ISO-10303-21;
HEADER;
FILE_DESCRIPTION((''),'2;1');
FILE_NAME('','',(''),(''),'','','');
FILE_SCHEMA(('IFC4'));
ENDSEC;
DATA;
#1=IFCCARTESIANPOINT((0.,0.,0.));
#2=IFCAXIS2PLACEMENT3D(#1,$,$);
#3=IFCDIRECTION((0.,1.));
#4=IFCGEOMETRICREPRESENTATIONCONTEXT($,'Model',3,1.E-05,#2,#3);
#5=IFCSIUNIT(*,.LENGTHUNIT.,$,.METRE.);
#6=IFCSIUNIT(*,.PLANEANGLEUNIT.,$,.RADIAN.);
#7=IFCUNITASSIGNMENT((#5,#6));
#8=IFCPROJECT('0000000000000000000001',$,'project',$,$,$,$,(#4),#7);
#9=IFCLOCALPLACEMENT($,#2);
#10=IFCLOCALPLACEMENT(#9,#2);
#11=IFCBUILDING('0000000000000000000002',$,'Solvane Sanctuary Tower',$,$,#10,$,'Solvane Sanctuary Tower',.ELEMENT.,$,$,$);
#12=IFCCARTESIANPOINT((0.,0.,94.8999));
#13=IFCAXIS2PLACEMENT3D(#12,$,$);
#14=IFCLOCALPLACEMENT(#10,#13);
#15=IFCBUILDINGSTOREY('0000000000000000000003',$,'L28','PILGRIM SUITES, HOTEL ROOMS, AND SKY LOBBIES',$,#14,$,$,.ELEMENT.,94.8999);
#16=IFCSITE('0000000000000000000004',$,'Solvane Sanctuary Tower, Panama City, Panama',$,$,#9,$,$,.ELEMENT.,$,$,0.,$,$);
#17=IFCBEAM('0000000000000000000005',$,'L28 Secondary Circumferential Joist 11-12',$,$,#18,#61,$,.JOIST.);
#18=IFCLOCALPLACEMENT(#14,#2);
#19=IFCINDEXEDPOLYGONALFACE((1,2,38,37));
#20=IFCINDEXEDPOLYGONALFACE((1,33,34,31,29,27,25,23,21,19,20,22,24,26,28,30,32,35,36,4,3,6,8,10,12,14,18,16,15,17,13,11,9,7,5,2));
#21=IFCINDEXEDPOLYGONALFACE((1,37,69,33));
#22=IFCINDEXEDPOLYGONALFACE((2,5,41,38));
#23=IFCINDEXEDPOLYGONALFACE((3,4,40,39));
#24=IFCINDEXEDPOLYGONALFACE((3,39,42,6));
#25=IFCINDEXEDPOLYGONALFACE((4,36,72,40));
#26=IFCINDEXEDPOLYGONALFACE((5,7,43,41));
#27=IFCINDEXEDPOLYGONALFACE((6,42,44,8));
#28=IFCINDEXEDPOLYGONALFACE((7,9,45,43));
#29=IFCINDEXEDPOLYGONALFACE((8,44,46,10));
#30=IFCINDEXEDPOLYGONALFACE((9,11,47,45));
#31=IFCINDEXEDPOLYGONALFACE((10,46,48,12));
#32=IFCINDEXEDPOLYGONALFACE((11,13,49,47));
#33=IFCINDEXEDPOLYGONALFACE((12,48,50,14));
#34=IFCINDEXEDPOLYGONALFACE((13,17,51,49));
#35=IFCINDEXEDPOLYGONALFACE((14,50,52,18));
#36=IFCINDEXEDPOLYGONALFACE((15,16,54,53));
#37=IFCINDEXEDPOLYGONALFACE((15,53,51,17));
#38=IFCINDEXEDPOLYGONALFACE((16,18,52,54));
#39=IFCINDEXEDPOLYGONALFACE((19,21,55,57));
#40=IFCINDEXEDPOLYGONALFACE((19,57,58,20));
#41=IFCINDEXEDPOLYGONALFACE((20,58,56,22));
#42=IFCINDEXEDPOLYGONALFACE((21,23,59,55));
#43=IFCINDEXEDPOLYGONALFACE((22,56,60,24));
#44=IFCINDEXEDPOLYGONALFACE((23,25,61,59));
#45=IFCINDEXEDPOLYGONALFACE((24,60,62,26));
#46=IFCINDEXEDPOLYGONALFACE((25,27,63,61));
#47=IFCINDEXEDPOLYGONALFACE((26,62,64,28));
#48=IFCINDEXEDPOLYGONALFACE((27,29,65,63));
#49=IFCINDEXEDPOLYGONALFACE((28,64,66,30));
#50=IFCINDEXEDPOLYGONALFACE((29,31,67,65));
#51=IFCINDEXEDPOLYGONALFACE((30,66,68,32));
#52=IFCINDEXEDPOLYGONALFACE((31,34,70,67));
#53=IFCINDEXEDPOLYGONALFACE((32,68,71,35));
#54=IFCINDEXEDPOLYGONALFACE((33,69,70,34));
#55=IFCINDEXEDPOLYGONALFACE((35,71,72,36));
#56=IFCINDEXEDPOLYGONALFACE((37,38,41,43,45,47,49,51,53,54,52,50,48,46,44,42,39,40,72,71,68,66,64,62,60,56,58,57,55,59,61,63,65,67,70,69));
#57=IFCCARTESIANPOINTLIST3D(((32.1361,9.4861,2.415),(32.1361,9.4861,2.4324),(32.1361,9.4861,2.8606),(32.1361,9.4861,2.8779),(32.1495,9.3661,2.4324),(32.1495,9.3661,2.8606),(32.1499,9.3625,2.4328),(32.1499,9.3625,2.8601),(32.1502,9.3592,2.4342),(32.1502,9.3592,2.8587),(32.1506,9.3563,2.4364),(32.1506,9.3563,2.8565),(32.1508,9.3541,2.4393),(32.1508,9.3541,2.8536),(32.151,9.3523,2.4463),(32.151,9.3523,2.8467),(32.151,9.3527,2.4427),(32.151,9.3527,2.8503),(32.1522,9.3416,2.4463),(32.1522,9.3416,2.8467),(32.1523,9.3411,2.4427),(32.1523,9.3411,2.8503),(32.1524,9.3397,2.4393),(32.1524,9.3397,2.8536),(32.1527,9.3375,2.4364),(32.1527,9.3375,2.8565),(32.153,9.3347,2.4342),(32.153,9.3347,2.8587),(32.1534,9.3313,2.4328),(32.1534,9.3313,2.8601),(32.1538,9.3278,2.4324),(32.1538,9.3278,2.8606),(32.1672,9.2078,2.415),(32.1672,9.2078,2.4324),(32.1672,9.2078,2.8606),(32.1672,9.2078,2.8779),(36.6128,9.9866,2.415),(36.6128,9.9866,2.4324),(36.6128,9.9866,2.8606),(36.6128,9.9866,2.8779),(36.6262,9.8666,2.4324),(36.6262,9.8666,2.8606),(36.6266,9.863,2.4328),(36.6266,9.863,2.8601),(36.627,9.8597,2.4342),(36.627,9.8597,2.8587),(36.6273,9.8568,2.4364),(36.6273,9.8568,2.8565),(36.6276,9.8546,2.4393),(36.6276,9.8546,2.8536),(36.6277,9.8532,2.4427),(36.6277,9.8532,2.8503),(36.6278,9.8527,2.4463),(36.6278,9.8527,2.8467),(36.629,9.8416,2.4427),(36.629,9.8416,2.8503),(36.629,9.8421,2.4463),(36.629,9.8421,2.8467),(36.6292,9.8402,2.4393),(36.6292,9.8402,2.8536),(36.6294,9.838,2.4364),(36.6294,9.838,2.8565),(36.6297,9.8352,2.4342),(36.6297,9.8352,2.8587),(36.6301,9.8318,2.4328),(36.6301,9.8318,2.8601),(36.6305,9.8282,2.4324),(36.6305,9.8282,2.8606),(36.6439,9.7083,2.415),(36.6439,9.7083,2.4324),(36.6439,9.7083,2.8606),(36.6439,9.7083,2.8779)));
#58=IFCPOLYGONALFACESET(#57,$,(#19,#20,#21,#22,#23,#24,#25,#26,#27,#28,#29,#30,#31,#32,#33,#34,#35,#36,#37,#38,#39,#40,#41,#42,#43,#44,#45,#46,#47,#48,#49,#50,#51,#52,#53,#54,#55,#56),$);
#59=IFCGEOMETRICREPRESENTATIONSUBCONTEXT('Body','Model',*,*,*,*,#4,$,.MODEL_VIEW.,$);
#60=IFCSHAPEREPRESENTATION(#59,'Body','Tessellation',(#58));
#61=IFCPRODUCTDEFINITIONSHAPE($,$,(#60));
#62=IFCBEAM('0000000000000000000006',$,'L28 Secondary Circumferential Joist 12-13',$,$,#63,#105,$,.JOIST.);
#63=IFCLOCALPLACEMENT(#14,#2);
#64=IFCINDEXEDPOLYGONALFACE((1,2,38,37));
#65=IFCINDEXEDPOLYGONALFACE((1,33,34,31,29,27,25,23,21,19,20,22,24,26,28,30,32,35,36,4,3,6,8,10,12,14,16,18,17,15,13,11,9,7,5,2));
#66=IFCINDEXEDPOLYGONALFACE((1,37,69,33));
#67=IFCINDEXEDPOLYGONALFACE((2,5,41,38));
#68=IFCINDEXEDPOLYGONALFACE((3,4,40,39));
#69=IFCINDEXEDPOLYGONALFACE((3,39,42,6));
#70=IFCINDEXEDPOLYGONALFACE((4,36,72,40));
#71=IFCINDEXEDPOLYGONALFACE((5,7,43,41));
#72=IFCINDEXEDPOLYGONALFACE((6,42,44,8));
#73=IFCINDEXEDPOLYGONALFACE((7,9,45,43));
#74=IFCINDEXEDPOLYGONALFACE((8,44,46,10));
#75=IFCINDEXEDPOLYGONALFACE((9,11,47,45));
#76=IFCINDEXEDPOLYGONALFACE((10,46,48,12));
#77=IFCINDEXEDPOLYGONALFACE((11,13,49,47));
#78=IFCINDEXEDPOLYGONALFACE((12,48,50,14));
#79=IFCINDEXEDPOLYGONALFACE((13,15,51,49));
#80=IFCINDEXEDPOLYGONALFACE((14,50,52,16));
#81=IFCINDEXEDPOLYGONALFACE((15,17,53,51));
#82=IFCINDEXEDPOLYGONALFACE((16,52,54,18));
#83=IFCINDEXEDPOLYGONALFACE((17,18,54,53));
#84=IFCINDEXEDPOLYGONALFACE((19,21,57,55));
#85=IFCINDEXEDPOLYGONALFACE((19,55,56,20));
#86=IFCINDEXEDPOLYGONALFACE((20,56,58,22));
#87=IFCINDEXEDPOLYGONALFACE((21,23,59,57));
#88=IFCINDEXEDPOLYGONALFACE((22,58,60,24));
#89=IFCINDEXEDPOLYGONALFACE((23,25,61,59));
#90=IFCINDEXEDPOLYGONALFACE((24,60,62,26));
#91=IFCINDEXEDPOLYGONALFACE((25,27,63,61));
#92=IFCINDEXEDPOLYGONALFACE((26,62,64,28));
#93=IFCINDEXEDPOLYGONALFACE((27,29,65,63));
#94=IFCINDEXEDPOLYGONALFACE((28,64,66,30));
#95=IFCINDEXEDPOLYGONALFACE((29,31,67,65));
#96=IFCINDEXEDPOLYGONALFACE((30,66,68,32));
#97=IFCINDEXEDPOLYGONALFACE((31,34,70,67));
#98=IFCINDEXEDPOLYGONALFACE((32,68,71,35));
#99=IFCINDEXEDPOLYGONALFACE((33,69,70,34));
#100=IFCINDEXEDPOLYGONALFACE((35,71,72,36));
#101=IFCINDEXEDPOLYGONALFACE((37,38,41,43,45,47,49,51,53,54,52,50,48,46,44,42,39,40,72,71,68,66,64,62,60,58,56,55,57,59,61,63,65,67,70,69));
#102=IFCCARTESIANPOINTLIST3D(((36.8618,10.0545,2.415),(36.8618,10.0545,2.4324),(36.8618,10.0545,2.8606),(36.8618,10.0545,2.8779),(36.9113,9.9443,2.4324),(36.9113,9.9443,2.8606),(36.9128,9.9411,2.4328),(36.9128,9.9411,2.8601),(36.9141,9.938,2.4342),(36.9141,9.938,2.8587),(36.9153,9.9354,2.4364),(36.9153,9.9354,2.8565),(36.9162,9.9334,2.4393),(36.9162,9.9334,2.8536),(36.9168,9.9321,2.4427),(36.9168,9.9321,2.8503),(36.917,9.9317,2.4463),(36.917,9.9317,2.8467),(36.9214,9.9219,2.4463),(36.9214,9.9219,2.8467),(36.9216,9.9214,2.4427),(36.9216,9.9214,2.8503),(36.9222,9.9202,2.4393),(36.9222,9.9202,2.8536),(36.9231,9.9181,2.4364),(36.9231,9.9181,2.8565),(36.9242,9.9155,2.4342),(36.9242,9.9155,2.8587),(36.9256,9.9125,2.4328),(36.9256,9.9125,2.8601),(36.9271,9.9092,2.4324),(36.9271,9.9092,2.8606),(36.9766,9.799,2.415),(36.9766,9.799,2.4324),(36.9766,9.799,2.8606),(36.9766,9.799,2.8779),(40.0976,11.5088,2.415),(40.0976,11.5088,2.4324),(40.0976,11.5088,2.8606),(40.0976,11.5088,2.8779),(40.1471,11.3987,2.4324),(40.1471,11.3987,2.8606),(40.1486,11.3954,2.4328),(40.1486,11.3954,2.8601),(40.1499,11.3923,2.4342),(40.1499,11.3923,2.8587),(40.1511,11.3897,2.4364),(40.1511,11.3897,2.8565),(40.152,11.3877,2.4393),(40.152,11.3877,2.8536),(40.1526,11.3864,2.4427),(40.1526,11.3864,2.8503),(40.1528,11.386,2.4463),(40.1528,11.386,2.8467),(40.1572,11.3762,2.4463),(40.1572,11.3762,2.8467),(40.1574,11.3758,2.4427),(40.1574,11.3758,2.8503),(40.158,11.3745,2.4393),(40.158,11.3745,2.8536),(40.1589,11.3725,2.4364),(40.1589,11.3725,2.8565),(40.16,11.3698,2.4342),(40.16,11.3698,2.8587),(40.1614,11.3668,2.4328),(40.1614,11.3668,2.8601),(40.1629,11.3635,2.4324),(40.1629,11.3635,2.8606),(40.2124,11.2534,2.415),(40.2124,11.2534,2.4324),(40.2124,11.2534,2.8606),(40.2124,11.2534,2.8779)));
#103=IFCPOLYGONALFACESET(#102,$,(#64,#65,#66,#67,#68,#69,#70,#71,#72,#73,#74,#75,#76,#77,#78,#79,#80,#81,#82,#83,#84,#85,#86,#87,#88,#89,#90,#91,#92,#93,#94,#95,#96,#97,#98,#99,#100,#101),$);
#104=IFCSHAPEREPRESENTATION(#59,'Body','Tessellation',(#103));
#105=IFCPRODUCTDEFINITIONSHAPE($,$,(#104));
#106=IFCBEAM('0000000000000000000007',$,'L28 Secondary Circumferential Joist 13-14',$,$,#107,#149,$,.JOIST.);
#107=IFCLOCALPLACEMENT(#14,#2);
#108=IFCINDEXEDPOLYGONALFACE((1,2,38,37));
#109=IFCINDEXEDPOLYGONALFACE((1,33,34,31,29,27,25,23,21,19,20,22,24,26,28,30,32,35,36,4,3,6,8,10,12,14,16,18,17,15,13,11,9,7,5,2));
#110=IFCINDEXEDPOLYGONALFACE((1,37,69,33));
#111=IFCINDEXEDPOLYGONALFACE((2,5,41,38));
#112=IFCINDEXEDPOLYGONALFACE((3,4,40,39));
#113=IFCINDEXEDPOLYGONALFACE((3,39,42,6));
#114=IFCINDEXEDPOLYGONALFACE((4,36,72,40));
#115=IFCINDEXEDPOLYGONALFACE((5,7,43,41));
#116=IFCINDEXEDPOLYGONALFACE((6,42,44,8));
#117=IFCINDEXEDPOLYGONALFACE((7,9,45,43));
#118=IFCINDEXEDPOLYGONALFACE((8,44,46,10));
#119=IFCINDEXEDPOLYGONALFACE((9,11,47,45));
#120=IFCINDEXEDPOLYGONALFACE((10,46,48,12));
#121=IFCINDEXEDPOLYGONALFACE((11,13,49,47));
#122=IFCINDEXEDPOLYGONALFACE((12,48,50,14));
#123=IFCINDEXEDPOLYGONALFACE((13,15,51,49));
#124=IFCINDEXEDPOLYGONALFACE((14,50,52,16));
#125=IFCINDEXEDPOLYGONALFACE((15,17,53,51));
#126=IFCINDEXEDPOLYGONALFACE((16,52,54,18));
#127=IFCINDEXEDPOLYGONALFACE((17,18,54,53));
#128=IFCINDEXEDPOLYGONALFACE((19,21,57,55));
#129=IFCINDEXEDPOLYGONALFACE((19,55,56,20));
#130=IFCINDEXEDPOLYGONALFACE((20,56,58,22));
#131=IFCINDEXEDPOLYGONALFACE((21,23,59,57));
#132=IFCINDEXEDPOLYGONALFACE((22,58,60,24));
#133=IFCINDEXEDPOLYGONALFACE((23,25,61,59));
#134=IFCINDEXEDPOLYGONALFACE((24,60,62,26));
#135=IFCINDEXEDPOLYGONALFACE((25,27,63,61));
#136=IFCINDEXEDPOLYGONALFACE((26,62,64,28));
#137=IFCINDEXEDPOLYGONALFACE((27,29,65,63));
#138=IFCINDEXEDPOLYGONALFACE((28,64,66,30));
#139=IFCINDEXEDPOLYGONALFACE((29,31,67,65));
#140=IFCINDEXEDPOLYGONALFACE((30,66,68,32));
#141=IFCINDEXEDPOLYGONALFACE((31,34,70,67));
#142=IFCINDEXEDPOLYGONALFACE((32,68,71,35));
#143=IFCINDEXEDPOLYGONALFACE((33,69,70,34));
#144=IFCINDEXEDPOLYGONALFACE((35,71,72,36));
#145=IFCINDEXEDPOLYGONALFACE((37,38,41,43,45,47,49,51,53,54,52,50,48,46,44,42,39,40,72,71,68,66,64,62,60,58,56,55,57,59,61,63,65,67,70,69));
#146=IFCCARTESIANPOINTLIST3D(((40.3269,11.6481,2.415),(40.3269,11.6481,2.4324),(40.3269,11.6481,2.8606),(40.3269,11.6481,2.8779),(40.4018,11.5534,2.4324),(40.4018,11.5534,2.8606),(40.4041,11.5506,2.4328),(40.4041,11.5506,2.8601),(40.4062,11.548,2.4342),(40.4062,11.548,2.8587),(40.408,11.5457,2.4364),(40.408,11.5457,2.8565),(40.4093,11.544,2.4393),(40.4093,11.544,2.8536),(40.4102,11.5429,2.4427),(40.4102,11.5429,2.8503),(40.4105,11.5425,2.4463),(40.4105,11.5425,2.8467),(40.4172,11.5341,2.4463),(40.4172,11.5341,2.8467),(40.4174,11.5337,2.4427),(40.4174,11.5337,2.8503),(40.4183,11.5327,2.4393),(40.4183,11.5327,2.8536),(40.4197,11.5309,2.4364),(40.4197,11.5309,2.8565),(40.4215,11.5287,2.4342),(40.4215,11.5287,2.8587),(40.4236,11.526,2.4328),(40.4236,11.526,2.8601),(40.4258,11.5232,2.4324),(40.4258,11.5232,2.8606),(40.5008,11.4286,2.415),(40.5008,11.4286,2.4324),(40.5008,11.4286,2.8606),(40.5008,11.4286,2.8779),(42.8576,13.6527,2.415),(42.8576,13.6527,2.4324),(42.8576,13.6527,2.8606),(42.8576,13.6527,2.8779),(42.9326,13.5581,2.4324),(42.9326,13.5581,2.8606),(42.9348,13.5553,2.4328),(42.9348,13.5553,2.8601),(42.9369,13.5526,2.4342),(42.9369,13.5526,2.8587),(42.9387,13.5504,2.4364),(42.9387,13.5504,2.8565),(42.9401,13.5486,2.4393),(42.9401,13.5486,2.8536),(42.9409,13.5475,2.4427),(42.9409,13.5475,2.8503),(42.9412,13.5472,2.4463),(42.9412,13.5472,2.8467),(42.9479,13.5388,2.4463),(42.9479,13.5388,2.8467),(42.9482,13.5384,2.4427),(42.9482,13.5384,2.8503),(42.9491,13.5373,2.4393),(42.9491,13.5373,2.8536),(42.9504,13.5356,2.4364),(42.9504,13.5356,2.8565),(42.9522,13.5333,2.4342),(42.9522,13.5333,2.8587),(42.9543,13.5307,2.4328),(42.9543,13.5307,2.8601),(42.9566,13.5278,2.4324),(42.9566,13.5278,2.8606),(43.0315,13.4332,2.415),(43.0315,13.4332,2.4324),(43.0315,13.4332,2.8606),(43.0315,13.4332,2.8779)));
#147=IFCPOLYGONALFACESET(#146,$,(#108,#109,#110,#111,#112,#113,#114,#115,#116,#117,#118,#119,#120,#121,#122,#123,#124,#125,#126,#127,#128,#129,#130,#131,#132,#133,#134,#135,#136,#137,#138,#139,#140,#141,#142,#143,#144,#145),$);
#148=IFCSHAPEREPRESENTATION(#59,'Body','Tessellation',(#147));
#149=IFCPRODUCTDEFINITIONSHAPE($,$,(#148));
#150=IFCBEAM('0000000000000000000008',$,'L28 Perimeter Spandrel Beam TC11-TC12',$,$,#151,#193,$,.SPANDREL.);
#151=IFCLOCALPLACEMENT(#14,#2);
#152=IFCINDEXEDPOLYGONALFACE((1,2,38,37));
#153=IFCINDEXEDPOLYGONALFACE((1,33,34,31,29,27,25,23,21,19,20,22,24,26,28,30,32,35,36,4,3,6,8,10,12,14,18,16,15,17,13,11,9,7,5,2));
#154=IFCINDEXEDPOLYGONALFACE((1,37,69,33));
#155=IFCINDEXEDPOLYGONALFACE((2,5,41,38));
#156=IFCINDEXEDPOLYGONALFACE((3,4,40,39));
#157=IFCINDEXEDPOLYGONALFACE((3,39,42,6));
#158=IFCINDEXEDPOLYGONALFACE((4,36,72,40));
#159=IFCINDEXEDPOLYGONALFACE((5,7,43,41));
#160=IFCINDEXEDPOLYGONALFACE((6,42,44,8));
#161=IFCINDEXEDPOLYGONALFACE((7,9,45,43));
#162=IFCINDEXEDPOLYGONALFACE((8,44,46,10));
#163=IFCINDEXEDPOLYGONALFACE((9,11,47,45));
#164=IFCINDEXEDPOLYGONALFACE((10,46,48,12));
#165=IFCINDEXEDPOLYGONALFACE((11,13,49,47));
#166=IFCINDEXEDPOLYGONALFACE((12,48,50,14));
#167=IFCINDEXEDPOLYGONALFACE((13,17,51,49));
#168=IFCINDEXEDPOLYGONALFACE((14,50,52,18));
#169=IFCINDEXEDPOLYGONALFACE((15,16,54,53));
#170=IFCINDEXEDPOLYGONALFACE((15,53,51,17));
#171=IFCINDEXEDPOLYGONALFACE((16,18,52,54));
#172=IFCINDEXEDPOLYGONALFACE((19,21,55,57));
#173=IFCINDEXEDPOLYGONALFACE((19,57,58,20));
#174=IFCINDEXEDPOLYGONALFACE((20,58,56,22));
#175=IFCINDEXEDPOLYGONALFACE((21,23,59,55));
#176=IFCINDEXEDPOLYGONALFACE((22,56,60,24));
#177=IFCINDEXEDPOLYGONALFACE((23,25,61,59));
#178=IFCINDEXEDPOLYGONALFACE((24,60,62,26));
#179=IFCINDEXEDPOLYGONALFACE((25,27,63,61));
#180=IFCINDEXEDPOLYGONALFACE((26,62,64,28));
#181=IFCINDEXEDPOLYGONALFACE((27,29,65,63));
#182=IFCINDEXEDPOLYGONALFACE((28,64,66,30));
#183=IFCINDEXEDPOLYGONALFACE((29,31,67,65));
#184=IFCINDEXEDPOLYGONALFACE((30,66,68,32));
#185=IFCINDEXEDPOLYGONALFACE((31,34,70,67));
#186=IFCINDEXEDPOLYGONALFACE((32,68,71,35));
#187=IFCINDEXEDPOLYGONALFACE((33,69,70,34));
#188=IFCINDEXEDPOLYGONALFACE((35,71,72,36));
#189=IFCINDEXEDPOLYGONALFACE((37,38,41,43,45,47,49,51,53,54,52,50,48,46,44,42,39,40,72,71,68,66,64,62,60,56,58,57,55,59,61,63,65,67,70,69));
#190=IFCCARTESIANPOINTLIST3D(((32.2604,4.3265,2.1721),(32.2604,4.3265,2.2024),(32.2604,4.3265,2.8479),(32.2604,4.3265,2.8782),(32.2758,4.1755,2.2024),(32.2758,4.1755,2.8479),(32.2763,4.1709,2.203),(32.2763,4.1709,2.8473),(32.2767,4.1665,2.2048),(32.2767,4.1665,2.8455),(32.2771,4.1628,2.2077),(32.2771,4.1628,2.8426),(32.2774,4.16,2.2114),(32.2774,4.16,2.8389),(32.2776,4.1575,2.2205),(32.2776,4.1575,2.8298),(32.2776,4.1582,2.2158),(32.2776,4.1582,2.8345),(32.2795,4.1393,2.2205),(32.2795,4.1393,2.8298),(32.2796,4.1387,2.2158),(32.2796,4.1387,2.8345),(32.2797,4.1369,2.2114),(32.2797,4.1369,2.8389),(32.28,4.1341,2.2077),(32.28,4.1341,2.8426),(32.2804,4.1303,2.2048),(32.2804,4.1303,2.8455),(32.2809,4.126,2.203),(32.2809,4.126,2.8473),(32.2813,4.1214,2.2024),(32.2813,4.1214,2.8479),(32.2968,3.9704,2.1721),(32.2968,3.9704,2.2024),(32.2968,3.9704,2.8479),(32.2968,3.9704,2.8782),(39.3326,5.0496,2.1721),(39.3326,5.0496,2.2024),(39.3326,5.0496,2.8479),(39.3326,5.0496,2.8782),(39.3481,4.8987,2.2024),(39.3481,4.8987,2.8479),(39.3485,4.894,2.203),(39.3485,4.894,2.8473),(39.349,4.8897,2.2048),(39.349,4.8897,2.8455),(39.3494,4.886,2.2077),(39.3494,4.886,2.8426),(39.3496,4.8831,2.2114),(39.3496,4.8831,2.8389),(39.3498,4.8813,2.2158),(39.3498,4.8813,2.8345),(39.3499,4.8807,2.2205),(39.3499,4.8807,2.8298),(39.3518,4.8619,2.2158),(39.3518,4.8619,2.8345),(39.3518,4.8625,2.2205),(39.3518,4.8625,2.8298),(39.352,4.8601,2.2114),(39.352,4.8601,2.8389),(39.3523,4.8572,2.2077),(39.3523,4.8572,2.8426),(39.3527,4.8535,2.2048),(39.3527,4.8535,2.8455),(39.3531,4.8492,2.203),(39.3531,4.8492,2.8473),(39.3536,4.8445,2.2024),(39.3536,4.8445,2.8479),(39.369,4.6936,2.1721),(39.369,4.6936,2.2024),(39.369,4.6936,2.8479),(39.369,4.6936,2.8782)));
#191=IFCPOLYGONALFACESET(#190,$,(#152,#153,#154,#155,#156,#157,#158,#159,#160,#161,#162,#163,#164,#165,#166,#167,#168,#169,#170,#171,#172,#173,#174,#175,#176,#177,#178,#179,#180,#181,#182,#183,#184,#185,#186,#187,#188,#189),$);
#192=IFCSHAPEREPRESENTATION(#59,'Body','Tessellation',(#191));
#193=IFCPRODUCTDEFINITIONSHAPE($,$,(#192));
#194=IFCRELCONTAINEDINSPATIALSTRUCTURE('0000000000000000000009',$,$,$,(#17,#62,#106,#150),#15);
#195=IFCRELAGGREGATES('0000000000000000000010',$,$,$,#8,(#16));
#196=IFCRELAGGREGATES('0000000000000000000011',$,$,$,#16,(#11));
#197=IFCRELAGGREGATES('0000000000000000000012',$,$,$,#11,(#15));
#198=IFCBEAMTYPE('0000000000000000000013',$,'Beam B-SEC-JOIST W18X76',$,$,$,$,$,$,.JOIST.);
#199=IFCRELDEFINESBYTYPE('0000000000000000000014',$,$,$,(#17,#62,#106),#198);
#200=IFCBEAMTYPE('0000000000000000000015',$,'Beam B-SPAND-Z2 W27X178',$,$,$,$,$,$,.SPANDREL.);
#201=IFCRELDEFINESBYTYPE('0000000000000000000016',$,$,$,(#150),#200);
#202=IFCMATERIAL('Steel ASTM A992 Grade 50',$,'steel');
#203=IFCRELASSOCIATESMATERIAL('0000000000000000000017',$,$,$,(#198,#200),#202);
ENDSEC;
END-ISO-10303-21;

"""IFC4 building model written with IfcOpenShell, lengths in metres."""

from ifc_helpers import new_model, si_unit, direction, frame, origin, origin_2d, place, context, subcontext, project, spatial, i_section, extrude, material, material_profile, profile_set, type_object, element, save


model = new_model("IFC4")

# Units and contexts
model_context = context("Model", 3, precision=1e-05, world=origin(), true_north=direction((0.0, 1.0)))
body_context = subcontext(model_context, "Body", "Model", "MODEL_VIEW")
ifc_project = project(units=[si_unit("LENGTHUNIT", "METRE"), si_unit("PLANEANGLEUNIT", "RADIAN")], contexts=[model_context])

# Site, building, storey
site_placement = place(None, origin())
site = spatial("IfcSite", under=ifc_project, at=site_placement, Name="Solvane Sanctuary Tower, Panama City, Panama", CompositionType="ELEMENT", RefElevation=0.0)
building_placement = place(site_placement, origin())
building = spatial("IfcBuilding", under=site, at=building_placement, Name="Solvane Sanctuary Tower", LongName="Solvane Sanctuary Tower", CompositionType="ELEMENT")
storey_placement = place(building_placement, frame((0.0, 0.0, 94.8999)))
storey = spatial("IfcBuildingStorey", under=building, at=storey_placement, Name="L28", Description="PILGRIM SUITES, HOTEL ROOMS, AND SKY LOBBIES", CompositionType="ELEMENT", Elevation=94.8999)

# Beams
ifc_material_1 = material(Name="Steel ASTM A992 Grade 50", Category="steel")
ifc_material_profile_1 = material_profile(ifc_material_1, i_section(OverallWidth=0.28, OverallDepth=0.4629, WebThickness=0.0107, FlangeThickness=0.0173, FilletRadius=0.0139, at=origin_2d()), Name="W18X76")
ifc_profile_set_1 = profile_set([ifc_material_profile_1], Name="Steel ASTM A992 Grade 50")
beam_type_1 = type_object("IfcBeamType", Name="Beam B-SEC-JOIST W18X76", PredefinedType="JOIST", material=ifc_profile_set_1)
beam_1_placement = place(storey_placement, frame((32.1516, 9.3469, 2.6465), z_axis=(0.993809, 0.111104, 0.0), x_axis=(-0.111104, 0.993809, 0.0)))
element("IfcBeam", 1, at=beam_1_placement, inside=storey, type_object=beam_type_1, Name="L28 Secondary Circumferential Joist 11-12", PredefinedType="JOIST", context=body_context, shape_type="SweptSolid", body=[
    extrude(i_section(OverallWidth=0.28, OverallDepth=0.4629, WebThickness=0.0107, FlangeThickness=0.0173, FilletRadius=0.0139, at=origin_2d()), origin(), (0.0, 0.0, 1.0), 4.5046),
])
beam_2_placement = place(storey_placement, frame((36.9192, 9.9268, 2.6465), z_axis=(0.912109, 0.409947, 0.0), x_axis=(-0.409947, 0.912109, 0.0)))
element("IfcBeam", 2, at=beam_2_placement, inside=storey, type_object=beam_type_1, Name="L28 Secondary Circumferential Joist 12-13", PredefinedType="JOIST", context=body_context, shape_type="SweptSolid", body=[
    extrude(i_section(OverallWidth=0.28, OverallDepth=0.4629, WebThickness=0.0107, FlangeThickness=0.0173, FilletRadius=0.0139, at=origin_2d()), origin(), (0.0, 0.0, 1.0), 3.5476),
])
beam_3_placement = place(storey_placement, frame((40.4138, 11.5383, 2.6465), z_axis=(0.783877, 0.620916, 0.0), x_axis=(-0.620916, 0.783877, 0.0)))
element("IfcBeam", 3, at=beam_3_placement, inside=storey, type_object=beam_type_1, Name="L28 Secondary Circumferential Joist 13-14", PredefinedType="JOIST", context=body_context, shape_type="SweptSolid", body=[
    extrude(i_section(OverallWidth=0.28, OverallDepth=0.4629, WebThickness=0.0107, FlangeThickness=0.0173, FilletRadius=0.0139, at=origin_2d()), origin(), (0.0, 0.0, 1.0), 3.2285),
])
ifc_material_profile_2 = material_profile(ifc_material_1, i_section(OverallWidth=0.3579, OverallDepth=0.7061, WebThickness=0.0183, FlangeThickness=0.0303, FilletRadius=0.0181, at=origin_2d()), Name="W27X178")
ifc_profile_set_2 = profile_set([ifc_material_profile_2], Name="Steel ASTM A992 Grade 50")
beam_type_2 = type_object("IfcBeamType", Name="Beam B-SPAND-Z2 W27X178", PredefinedType="SPANDREL", material=ifc_profile_set_2)
beam_4_placement = place(storey_placement, frame((32.2786, 4.1484, 2.5251), z_axis=(0.994813, 0.10172, 0.0), x_axis=(-0.10172, 0.994813, 0.0)))
element("IfcBeam", 4, at=beam_4_placement, inside=storey, type_object=beam_type_2, Name="L28 Perimeter Spandrel Beam TC11-TC12", PredefinedType="SPANDREL", context=body_context, shape_type="SweptSolid", body=[
    extrude(i_section(OverallWidth=0.3579, OverallDepth=0.7061, WebThickness=0.0183, FlangeThickness=0.0303, FilletRadius=0.0181, at=origin_2d()), origin(), (0.0, 0.0, 1.0), 7.1091),
])

save(model, "model.ifc")
